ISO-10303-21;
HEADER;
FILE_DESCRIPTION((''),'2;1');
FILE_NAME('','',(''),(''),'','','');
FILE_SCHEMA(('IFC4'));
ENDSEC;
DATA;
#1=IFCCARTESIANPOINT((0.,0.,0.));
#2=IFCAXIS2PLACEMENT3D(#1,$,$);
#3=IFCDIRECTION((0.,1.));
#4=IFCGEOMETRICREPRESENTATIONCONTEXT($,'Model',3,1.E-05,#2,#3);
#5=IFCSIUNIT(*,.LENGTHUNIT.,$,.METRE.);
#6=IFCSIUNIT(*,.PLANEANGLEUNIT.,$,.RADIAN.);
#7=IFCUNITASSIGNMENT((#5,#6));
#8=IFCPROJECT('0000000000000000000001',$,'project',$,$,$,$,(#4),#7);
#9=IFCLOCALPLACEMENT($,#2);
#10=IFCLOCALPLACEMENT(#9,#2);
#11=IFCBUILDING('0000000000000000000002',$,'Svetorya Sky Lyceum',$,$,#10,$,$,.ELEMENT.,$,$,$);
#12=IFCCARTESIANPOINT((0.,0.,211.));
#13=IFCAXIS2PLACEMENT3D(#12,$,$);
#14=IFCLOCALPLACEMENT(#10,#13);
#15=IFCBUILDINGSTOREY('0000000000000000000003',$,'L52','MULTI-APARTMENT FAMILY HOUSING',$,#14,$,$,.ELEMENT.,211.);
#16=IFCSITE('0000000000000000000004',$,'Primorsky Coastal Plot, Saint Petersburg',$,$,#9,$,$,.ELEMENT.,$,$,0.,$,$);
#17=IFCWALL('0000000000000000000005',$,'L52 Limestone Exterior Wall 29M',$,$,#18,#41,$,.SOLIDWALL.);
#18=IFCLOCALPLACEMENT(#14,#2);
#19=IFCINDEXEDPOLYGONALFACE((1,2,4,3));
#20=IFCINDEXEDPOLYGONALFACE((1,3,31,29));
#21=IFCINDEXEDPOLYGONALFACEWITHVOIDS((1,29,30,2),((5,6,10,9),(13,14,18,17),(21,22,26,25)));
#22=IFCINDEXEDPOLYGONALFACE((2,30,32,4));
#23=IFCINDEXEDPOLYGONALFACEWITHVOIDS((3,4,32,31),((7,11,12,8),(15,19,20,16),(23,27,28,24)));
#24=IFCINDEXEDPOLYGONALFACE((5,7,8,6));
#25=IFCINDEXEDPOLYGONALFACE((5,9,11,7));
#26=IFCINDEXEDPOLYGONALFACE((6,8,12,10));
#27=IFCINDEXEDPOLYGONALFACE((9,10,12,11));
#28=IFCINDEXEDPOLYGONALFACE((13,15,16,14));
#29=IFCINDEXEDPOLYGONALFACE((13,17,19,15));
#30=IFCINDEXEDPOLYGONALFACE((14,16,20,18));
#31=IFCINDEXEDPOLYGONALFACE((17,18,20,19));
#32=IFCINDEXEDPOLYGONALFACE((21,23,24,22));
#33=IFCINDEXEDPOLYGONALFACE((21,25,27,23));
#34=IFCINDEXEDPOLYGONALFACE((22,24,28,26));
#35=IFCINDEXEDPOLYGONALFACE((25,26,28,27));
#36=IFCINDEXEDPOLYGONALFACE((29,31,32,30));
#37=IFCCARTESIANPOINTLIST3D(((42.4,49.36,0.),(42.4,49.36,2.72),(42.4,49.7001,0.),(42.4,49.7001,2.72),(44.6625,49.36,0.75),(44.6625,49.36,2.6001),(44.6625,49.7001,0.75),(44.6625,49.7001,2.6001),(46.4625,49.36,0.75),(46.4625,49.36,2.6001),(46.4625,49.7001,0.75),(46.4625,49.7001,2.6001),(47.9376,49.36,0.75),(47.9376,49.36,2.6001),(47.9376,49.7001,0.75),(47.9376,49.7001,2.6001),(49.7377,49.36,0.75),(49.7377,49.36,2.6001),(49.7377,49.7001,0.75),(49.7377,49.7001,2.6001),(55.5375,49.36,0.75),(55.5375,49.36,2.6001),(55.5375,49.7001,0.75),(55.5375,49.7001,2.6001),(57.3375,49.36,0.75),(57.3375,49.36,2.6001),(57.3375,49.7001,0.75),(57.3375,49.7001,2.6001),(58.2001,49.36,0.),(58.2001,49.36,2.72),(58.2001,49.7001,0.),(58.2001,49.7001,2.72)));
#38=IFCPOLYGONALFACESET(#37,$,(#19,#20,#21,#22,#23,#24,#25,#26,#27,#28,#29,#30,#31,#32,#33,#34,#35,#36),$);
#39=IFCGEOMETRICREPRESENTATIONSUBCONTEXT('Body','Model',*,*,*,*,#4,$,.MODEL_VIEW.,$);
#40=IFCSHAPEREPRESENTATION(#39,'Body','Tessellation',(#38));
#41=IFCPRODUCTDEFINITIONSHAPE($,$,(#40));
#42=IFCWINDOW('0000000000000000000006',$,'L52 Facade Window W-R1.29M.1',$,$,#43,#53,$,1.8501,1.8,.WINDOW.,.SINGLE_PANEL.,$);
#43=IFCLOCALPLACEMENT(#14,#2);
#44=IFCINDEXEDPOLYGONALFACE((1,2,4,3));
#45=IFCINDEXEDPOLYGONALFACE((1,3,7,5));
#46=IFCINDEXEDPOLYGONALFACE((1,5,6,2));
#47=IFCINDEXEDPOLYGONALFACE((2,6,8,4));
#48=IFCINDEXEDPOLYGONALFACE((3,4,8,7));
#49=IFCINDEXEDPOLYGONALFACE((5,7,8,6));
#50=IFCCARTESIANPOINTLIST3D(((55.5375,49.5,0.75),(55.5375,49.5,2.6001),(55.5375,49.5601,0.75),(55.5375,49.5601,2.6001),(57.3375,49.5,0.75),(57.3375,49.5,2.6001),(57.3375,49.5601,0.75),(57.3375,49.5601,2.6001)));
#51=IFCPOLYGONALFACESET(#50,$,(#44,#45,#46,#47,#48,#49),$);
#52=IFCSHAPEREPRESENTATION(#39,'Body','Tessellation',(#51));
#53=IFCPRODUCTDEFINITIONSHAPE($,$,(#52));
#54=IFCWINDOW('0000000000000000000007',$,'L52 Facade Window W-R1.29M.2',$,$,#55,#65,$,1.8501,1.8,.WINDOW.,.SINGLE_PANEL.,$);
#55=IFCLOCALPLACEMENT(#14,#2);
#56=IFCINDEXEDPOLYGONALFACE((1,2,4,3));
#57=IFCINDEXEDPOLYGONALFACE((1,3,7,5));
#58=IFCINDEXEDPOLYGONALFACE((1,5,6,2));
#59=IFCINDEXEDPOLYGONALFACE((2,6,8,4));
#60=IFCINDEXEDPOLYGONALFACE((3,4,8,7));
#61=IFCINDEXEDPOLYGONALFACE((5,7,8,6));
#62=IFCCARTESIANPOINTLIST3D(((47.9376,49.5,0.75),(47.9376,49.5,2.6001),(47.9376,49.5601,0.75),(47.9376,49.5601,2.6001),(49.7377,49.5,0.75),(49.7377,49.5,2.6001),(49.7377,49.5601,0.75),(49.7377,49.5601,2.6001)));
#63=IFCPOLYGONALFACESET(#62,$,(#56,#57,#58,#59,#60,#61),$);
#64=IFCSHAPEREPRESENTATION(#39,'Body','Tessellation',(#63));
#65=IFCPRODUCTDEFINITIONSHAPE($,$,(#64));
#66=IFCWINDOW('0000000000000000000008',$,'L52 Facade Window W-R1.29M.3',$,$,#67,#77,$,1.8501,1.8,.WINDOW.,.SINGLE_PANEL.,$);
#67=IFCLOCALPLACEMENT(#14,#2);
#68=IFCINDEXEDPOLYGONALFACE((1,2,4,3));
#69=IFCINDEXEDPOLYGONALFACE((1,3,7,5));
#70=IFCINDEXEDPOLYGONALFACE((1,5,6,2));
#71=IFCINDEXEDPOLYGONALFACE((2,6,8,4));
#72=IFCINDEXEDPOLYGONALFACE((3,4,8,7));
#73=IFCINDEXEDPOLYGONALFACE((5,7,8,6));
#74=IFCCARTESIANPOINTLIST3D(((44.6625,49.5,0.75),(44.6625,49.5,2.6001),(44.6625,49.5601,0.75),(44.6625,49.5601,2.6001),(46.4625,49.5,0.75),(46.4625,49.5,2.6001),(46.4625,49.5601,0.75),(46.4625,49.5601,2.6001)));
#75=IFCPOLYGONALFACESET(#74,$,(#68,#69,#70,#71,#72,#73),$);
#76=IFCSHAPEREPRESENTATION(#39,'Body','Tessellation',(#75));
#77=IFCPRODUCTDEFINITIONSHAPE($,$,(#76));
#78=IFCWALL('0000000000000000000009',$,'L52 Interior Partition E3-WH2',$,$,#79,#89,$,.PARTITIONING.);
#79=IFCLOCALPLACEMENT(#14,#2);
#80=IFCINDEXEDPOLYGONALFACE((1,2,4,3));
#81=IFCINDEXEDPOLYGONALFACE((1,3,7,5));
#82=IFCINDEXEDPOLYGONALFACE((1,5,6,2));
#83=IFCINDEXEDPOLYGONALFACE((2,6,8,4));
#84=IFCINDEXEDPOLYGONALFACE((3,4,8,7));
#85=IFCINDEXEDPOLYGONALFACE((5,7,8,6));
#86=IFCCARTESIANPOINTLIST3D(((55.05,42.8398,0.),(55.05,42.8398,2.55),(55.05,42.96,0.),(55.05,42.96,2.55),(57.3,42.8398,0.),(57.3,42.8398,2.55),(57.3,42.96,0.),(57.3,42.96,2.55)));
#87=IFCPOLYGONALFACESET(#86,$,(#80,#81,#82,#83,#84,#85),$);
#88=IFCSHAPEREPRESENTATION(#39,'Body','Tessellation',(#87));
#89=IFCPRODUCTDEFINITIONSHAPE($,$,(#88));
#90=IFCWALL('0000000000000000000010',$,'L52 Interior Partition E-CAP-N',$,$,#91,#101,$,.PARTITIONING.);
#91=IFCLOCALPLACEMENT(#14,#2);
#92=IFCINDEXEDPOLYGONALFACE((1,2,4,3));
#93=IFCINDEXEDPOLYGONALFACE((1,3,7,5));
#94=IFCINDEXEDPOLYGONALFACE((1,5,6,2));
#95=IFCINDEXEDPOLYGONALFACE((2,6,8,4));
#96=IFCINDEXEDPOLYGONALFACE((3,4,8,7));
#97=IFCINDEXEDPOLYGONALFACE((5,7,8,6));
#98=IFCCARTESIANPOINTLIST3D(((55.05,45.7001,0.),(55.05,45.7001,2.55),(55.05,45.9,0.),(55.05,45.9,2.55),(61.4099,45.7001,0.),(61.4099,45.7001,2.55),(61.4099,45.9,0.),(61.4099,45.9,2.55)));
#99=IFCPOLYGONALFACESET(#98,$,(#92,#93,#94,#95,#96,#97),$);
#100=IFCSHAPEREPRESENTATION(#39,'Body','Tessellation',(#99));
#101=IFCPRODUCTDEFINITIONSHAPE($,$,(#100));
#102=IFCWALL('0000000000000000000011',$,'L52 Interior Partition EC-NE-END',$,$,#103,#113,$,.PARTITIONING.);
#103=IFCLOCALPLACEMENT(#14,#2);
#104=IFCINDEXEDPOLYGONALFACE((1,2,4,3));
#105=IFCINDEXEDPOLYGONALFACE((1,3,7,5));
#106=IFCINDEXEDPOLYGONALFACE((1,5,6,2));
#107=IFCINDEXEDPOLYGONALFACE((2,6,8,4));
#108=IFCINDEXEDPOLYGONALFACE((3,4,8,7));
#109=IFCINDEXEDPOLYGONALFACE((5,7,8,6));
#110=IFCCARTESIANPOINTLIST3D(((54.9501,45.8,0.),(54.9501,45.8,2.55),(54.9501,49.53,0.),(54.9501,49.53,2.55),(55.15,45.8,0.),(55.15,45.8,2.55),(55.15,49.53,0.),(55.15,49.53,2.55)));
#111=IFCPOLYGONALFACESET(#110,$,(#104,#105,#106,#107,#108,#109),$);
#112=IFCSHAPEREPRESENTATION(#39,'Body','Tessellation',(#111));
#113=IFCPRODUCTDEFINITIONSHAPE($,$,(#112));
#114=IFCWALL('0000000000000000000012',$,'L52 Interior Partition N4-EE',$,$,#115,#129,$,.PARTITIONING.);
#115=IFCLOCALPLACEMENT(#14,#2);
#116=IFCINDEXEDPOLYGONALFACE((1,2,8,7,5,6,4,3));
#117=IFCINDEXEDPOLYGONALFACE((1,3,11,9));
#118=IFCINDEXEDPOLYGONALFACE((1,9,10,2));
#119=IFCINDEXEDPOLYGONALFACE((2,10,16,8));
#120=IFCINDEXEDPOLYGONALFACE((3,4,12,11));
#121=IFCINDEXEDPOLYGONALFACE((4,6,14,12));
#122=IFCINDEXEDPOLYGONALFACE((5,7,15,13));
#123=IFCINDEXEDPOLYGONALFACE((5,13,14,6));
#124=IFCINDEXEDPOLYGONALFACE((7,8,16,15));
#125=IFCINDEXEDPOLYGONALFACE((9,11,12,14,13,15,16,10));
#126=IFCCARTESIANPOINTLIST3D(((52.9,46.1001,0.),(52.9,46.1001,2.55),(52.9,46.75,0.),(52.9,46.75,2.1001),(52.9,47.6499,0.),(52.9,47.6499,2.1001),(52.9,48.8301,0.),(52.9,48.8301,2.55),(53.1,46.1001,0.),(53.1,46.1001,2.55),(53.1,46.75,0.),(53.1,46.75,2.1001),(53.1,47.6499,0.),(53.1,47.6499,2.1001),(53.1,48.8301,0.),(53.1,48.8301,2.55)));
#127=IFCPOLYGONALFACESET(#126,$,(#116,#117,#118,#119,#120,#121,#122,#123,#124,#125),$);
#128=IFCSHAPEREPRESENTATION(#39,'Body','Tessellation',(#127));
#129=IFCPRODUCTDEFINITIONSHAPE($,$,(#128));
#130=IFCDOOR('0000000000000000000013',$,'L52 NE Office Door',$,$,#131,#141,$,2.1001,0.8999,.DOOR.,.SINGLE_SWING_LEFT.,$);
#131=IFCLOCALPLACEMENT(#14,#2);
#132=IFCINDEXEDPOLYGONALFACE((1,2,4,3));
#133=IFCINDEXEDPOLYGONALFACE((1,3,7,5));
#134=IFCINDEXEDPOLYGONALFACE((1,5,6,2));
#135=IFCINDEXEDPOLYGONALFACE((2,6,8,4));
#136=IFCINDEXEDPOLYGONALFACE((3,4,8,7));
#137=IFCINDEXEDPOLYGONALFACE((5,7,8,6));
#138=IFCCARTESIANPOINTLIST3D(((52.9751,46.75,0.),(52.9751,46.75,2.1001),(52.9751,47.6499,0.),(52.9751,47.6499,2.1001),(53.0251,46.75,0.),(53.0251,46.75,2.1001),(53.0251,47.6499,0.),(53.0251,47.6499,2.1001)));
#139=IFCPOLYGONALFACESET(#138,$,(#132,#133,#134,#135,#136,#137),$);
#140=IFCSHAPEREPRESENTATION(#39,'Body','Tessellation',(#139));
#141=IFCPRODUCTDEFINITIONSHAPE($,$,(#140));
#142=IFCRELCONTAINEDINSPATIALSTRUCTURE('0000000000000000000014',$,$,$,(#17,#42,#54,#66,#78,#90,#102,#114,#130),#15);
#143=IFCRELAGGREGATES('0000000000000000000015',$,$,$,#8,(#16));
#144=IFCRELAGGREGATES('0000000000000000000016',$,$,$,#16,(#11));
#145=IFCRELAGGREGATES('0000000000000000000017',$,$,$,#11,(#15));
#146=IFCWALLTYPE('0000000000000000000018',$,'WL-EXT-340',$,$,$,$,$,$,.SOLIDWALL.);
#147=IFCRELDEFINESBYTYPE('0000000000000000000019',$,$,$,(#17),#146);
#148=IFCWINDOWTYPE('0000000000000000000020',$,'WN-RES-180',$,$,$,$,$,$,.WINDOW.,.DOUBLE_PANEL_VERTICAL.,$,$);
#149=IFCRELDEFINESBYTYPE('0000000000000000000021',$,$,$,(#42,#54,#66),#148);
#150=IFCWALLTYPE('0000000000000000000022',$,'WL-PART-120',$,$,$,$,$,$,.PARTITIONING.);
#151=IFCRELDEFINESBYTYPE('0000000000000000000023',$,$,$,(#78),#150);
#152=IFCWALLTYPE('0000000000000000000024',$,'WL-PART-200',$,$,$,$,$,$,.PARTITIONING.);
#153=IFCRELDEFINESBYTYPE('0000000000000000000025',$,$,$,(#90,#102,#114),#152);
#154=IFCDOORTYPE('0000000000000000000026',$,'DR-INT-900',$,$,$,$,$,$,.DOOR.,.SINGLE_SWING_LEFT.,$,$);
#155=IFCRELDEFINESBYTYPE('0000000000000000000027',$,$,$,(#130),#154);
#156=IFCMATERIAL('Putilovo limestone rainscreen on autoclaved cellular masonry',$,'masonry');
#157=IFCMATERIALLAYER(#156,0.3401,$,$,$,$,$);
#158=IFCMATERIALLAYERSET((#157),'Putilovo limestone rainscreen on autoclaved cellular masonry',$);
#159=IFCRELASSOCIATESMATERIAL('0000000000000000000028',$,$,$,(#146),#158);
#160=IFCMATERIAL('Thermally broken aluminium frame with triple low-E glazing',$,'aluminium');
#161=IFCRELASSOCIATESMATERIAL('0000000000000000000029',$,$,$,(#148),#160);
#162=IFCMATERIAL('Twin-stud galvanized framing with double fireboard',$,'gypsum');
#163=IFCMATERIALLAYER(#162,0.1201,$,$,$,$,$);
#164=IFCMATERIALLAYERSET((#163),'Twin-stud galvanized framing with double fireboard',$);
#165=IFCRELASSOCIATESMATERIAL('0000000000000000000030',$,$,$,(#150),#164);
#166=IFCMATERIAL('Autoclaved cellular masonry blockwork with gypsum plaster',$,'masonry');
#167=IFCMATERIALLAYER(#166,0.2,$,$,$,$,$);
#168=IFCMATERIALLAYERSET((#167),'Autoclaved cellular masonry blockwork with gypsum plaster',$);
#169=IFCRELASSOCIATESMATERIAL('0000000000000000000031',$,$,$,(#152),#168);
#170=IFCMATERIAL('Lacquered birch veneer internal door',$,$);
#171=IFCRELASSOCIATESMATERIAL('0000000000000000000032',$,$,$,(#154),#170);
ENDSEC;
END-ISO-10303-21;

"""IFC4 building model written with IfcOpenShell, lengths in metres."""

from ifc_helpers import new_model, si_unit, direction, frame, frame_2d, origin, place, context, subcontext, project, spatial, rectangle, extrude, material, layer, layer_set, type_object, element, fill, save


model = new_model("IFC4")

# Units and contexts
model_context = context("Model", 3, precision=1e-05, world=origin(), true_north=direction((0.0, 1.0)))
body_context = subcontext(model_context, "Body", "Model", "MODEL_VIEW")
ifc_project = project(units=[si_unit("LENGTHUNIT", "METRE"), si_unit("PLANEANGLEUNIT", "RADIAN")], contexts=[model_context])

# Site, building, storey
site_placement = place(None, origin())
site = spatial("IfcSite", under=ifc_project, at=site_placement, Name="Primorsky Coastal Plot, Saint Petersburg", CompositionType="ELEMENT", RefElevation=0.0)
building_placement = place(site_placement, origin())
building = spatial("IfcBuilding", under=site, at=building_placement, Name="Svetorya Sky Lyceum", CompositionType="ELEMENT")
storey_placement = place(building_placement, frame((0.0, 0.0, 211.0)))
storey = spatial("IfcBuildingStorey", under=building, at=storey_placement, Name="L52", Description="MULTI-APARTMENT FAMILY HOUSING", CompositionType="ELEMENT", Elevation=211.0)

# Shared definitions
ifc_material_1 = material(Name="Putilovo limestone rainscreen on autoclaved cellular masonry", Category="masonry")
ifc_layer_1 = layer(ifc_material_1, 0.3401)
ifc_layer_set_1 = layer_set([ifc_layer_1], Name="Putilovo limestone rainscreen on autoclaved cellular masonry")
wall_type_1 = type_object("IfcWallType", Name="WL-EXT-340", PredefinedType="SOLIDWALL", material=ifc_layer_set_1)

# Wall, openings, windows
wall_1_placement = place(storey_placement, frame((58.2, 49.53, 0.0), z_axis=(0.0, 0.0, 1.0), x_axis=(-1.0, 0.0, 0.0)))
wall_1 = element("IfcWall", 1, at=wall_1_placement, inside=storey, type_object=wall_type_1, Name="L52 Limestone Exterior Wall 29M", PredefinedType="SOLIDWALL", context=body_context, shape_type="SweptSolid", body=[
    extrude(rectangle(XDim=15.8, YDim=0.3401, at=frame_2d((7.8999, 0.0))), origin(), (0.0, 0.0, 1.0), 2.72),
])
opening_1_placement = place(wall_1_placement, frame((0.8625, 0.0, 0.75)))
opening_1 = element("IfcOpeningElement", 2, at=opening_1_placement, cuts=wall_1, PredefinedType="OPENING", context=body_context, shape_type="SweptSolid", body=[
    extrude(rectangle(XDim=1.8, YDim=1.8501, at=frame_2d((0.8999, 0.925))), frame((0.0, 0.1799, 0.0), z_axis=(0.0, -1.0, 0.0), x_axis=(1.0, 0.0, 0.0)), (0.0, 0.0, 1.0), 0.3601),
])
opening_2_placement = place(wall_1_placement, frame((8.4624, 0.0, 0.75)))
opening_2 = element("IfcOpeningElement", 3, at=opening_2_placement, cuts=wall_1, PredefinedType="OPENING", context=body_context, shape_type="SweptSolid", body=[
    extrude(rectangle(XDim=1.8, YDim=1.8501, at=frame_2d((0.8999, 0.925))), frame((0.0, 0.1799, 0.0), z_axis=(0.0, -1.0, 0.0), x_axis=(1.0, 0.0, 0.0)), (0.0, 0.0, 1.0), 0.3601),
])
opening_3_placement = place(wall_1_placement, frame((11.7375, 0.0, 0.75)))
opening_3 = element("IfcOpeningElement", 4, at=opening_3_placement, cuts=wall_1, PredefinedType="OPENING", context=body_context, shape_type="SweptSolid", body=[
    extrude(rectangle(XDim=1.8, YDim=1.8501, at=frame_2d((0.8999, 0.925))), frame((0.0, 0.1799, 0.0), z_axis=(0.0, -1.0, 0.0), x_axis=(1.0, 0.0, 0.0)), (0.0, 0.0, 1.0), 0.3601),
])
ifc_material_2 = material(Name="Thermally broken aluminium frame with triple low-E glazing", Category="aluminium")
window_type = type_object("IfcWindowType", Name="WN-RES-180", PartitioningType="DOUBLE_PANEL_VERTICAL", PredefinedType="WINDOW", material=ifc_material_2)
window_1_placement = place(opening_1_placement, origin())
window_1 = element("IfcWindow", 5, at=window_1_placement, inside=storey, type_object=window_type, Name="L52 Facade Window W-R1.29M.1", OverallHeight=1.8501, OverallWidth=1.8, PartitioningType="SINGLE_PANEL", PredefinedType="WINDOW", context=body_context, shape_type="SweptSolid", body=[
    extrude(rectangle(XDim=1.8, YDim=1.8501, at=frame_2d((0.8999, 0.925))), frame((0.0, 0.03, 0.0), z_axis=(0.0, -1.0, 0.0), x_axis=(1.0, 0.0, 0.0)), (0.0, 0.0, 1.0), 0.0601),
])
fill(opening_1, window_1)
window_2_placement = place(opening_2_placement, origin())
window_2 = element("IfcWindow", 6, at=window_2_placement, inside=storey, type_object=window_type, Name="L52 Facade Window W-R1.29M.2", OverallHeight=1.8501, OverallWidth=1.8, PartitioningType="SINGLE_PANEL", PredefinedType="WINDOW", context=body_context, shape_type="SweptSolid", body=[
    extrude(rectangle(XDim=1.8, YDim=1.8501, at=frame_2d((0.8999, 0.925))), frame((0.0, 0.03, 0.0), z_axis=(0.0, -1.0, 0.0), x_axis=(1.0, 0.0, 0.0)), (0.0, 0.0, 1.0), 0.0601),
])
fill(opening_2, window_2)
window_3_placement = place(opening_3_placement, origin())
window_3 = element("IfcWindow", 7, at=window_3_placement, inside=storey, type_object=window_type, Name="L52 Facade Window W-R1.29M.3", OverallHeight=1.8501, OverallWidth=1.8, PartitioningType="SINGLE_PANEL", PredefinedType="WINDOW", context=body_context, shape_type="SweptSolid", body=[
    extrude(rectangle(XDim=1.8, YDim=1.8501, at=frame_2d((0.8999, 0.925))), frame((0.0, 0.03, 0.0), z_axis=(0.0, -1.0, 0.0), x_axis=(1.0, 0.0, 0.0)), (0.0, 0.0, 1.0), 0.0601),
])
fill(opening_3, window_3)

# Walls
ifc_material_3 = material(Name="Twin-stud galvanized framing with double fireboard", Category="gypsum")
ifc_layer_2 = layer(ifc_material_3, 0.1201)
ifc_layer_set_2 = layer_set([ifc_layer_2], Name="Twin-stud galvanized framing with double fireboard")
wall_type_2 = type_object("IfcWallType", Name="WL-PART-120", PredefinedType="PARTITIONING", material=ifc_layer_set_2)
wall_2_placement = place(storey_placement, frame((55.05, 42.8999, 0.0), z_axis=(0.0, 0.0, 1.0), x_axis=(1.0, 0.0, 0.0)))
element("IfcWall", 8, at=wall_2_placement, inside=storey, type_object=wall_type_2, Name="L52 Interior Partition E3-WH2", PredefinedType="PARTITIONING", context=body_context, shape_type="SweptSolid", body=[
    extrude(rectangle(XDim=2.25, YDim=0.1201, at=frame_2d((1.125, 0.0))), origin(), (0.0, 0.0, 1.0), 2.55),
])
ifc_material_4 = material(Name="Autoclaved cellular masonry blockwork with gypsum plaster", Category="masonry")
ifc_layer_3 = layer(ifc_material_4, 0.2)
ifc_layer_set_3 = layer_set([ifc_layer_3], Name="Autoclaved cellular masonry blockwork with gypsum plaster")
wall_type_3 = type_object("IfcWallType", Name="WL-PART-200", PredefinedType="PARTITIONING", material=ifc_layer_set_3)
wall_3_placement = place(storey_placement, frame((55.05, 45.8, 0.0), z_axis=(0.0, 0.0, 1.0), x_axis=(1.0, 0.0, 0.0)))
element("IfcWall", 9, at=wall_3_placement, inside=storey, type_object=wall_type_3, Name="L52 Interior Partition E-CAP-N", PredefinedType="PARTITIONING", context=body_context, shape_type="SweptSolid", body=[
    extrude(rectangle(XDim=6.3599, YDim=0.2, at=frame_2d((3.1799, 0.0))), origin(), (0.0, 0.0, 1.0), 2.55),
])
wall_4_placement = place(storey_placement, frame((55.05, 45.8, 0.0), z_axis=(0.0, 0.0, 1.0), x_axis=(0.0, 1.0, 0.0)))
element("IfcWall", 10, at=wall_4_placement, inside=storey, type_object=wall_type_3, Name="L52 Interior Partition EC-NE-END", PredefinedType="PARTITIONING", context=body_context, shape_type="SweptSolid", body=[
    extrude(rectangle(XDim=3.73, YDim=0.2, at=frame_2d((1.865, 0.0))), origin(), (0.0, 0.0, 1.0), 2.55),
])

# Wall, opening, door
wall_5_placement = place(storey_placement, frame((53.0, 46.1001, 0.0), z_axis=(0.0, 0.0, 1.0), x_axis=(0.0, 1.0, 0.0)))
wall_5 = element("IfcWall", 11, at=wall_5_placement, inside=storey, type_object=wall_type_3, Name="L52 Interior Partition N4-EE", PredefinedType="PARTITIONING", context=body_context, shape_type="SweptSolid", body=[
    extrude(rectangle(XDim=2.73, YDim=0.2, at=frame_2d((1.365, 0.0))), origin(), (0.0, 0.0, 1.0), 2.55),
])
opening_4_placement = place(wall_5_placement, frame((0.6499, 0.0, 0.0)))
opening_4 = element("IfcOpeningElement", 12, at=opening_4_placement, cuts=wall_5, PredefinedType="OPENING", context=body_context, shape_type="SweptSolid", body=[
    extrude(rectangle(XDim=0.8999, YDim=2.1001, at=frame_2d((0.45, 1.05))), frame((0.0, 0.1099, 0.0), z_axis=(0.0, -1.0, 0.0), x_axis=(1.0, 0.0, 0.0)), (0.0, 0.0, 1.0), 0.22),
])
ifc_material_5 = material(Name="Lacquered birch veneer internal door")
door_type = type_object("IfcDoorType", Name="DR-INT-900", OperationType="SINGLE_SWING_LEFT", PredefinedType="DOOR", material=ifc_material_5)
door_placement = place(opening_4_placement, origin())
door = element("IfcDoor", 13, at=door_placement, inside=storey, type_object=door_type, Name="L52 NE Office Door", OperationType="SINGLE_SWING_LEFT", OverallHeight=2.1001, OverallWidth=0.8999, PredefinedType="DOOR", context=body_context, shape_type="SweptSolid", body=[
    extrude(rectangle(XDim=0.8999, YDim=2.1001, at=frame_2d((0.45, 1.05))), frame((0.0, 0.0249, 0.0), z_axis=(0.0, -1.0, 0.0), x_axis=(1.0, 0.0, 0.0)), (0.0, 0.0, 1.0), 0.05),
])
fill(opening_4, door)

save(model, "model.ifc")
